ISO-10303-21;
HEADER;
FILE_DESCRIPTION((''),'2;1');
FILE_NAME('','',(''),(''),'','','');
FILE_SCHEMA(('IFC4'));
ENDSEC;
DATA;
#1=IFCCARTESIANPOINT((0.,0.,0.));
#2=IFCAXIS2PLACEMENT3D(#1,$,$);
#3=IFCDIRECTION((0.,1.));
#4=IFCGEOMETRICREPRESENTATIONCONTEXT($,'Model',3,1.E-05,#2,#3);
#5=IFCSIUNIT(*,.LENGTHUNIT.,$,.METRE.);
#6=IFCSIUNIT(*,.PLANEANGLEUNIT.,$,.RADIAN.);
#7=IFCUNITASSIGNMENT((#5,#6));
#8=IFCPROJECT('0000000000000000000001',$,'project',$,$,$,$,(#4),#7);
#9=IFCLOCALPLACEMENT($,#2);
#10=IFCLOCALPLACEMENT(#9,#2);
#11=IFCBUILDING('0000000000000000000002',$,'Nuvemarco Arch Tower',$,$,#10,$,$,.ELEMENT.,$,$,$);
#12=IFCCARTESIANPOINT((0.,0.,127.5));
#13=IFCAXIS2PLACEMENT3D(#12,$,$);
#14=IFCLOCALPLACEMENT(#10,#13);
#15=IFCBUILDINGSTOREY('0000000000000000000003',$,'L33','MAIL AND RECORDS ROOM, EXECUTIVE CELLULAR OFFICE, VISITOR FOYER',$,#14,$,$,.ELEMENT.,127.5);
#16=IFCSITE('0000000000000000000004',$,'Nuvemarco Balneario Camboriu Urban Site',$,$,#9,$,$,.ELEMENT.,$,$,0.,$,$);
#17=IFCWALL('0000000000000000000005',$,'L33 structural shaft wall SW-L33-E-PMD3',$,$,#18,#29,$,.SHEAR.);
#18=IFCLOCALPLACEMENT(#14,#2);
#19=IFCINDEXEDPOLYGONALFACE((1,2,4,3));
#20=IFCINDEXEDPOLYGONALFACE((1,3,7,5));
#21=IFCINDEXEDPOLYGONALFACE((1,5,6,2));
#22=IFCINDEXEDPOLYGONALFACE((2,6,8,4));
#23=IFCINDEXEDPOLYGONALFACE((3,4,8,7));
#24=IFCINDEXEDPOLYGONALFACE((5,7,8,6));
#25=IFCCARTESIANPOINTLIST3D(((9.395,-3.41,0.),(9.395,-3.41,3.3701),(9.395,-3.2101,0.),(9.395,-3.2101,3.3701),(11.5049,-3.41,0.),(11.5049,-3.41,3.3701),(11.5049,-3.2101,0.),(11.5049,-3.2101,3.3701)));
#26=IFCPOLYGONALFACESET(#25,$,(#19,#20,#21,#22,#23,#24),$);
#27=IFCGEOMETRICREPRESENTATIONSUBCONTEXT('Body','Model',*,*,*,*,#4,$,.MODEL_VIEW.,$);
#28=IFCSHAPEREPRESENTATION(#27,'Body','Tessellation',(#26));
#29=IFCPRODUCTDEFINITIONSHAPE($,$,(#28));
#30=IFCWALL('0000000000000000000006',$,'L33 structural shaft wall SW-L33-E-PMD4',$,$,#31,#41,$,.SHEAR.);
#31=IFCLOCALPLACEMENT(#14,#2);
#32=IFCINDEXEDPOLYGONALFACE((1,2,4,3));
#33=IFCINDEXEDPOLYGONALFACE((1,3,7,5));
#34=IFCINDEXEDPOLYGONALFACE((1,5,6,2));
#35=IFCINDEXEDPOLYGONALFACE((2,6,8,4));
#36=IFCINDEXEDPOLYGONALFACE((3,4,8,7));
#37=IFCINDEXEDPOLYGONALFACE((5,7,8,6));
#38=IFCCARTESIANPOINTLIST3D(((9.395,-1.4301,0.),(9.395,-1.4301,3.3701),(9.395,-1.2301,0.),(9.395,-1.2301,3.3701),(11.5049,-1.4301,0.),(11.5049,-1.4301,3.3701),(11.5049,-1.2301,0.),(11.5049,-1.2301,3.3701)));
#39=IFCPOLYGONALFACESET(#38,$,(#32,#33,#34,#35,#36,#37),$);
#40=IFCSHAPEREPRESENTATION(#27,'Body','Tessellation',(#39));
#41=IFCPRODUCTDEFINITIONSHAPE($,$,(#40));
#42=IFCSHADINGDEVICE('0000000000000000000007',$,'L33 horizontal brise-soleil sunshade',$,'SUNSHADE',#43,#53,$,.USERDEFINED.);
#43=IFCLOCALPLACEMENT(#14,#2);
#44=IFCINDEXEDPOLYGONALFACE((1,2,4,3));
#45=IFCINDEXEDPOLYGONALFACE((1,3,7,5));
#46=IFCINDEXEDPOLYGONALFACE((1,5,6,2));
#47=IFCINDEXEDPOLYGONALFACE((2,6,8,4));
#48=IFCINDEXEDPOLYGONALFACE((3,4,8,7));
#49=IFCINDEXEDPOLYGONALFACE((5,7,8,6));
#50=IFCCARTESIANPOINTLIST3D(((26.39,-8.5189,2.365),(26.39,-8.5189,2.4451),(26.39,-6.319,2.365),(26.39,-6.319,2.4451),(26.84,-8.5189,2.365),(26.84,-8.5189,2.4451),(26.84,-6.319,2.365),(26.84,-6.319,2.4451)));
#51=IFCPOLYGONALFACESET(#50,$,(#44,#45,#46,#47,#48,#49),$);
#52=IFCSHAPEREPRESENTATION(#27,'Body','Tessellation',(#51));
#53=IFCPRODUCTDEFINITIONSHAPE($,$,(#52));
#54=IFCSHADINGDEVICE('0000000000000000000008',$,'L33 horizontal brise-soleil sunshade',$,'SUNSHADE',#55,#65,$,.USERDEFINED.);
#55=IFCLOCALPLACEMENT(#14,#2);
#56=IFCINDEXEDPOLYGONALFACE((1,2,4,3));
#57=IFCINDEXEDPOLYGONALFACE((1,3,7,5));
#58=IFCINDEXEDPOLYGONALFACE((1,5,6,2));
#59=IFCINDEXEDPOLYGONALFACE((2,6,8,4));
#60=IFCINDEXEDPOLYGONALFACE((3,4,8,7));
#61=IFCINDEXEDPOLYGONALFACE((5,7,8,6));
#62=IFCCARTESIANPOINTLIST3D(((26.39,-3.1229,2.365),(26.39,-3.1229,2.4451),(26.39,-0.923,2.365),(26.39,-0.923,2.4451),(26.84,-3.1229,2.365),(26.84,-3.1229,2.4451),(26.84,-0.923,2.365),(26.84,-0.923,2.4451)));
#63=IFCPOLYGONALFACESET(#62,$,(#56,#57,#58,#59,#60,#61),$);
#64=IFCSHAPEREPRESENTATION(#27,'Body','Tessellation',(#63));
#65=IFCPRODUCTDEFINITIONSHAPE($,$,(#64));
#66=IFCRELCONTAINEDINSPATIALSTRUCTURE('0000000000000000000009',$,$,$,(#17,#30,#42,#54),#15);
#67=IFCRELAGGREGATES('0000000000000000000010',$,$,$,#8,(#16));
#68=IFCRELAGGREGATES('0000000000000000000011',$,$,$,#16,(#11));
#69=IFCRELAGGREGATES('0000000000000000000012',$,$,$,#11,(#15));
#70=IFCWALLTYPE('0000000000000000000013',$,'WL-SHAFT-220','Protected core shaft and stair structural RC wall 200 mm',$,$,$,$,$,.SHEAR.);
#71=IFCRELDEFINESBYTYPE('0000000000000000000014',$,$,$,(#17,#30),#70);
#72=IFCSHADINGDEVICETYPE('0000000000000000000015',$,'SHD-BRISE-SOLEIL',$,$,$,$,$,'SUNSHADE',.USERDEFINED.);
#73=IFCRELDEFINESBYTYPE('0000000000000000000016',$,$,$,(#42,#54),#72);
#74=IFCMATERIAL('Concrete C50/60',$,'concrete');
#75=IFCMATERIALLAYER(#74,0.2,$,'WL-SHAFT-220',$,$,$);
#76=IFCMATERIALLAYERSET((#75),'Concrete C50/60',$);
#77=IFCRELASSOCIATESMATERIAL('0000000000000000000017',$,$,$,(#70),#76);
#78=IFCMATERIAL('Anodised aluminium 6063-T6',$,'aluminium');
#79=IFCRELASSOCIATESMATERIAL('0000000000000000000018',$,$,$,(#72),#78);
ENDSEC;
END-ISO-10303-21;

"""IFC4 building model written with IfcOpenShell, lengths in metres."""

from ifc_helpers import new_model, si_unit, direction, frame, frame_2d, origin, origin_2d, place, context, subcontext, project, spatial, rectangle, extrude, source, transform, mapped, material, layer, layer_set, type_object, type_shapes, element, save


model = new_model("IFC4")

# Units and contexts
model_context = context("Model", 3, precision=1e-05, world=origin(), true_north=direction((0.0, 1.0)))
body_context = subcontext(model_context, "Body", "Model", "MODEL_VIEW")
ifc_project = project(units=[si_unit("LENGTHUNIT", "METRE"), si_unit("PLANEANGLEUNIT", "RADIAN")], contexts=[model_context])

# Site, building, storey
site_placement = place(None, origin())
site = spatial("IfcSite", under=ifc_project, at=site_placement, Name="Nuvemarco Balneario Camboriu Urban Site", CompositionType="ELEMENT", RefElevation=0.0)
building_placement = place(site_placement, origin())
building = spatial("IfcBuilding", under=site, at=building_placement, Name="Nuvemarco Arch Tower", CompositionType="ELEMENT")
storey_placement = place(building_placement, frame((0.0, 0.0, 127.5)))
storey = spatial("IfcBuildingStorey", under=building, at=storey_placement, Name="L33", Description="MAIL AND RECORDS ROOM, EXECUTIVE CELLULAR OFFICE, VISITOR FOYER", CompositionType="ELEMENT", Elevation=127.5)

# Shared definitions
ifc_material_1 = material(Name="Concrete C50/60", Category="concrete")

# Shared definitions
ifc_layer_1 = layer(ifc_material_1, 0.2, Name="WL-SHAFT-220")
ifc_layer_set_1 = layer_set([ifc_layer_1], Name="Concrete C50/60")
wall_type_1 = type_object("IfcWallType", Name="WL-SHAFT-220", Description="Protected core shaft and stair structural RC wall 200 mm", PredefinedType="SHEAR", material=ifc_layer_set_1)

# Walls
for number, where, z_axis, x_axis, name in (
    (1, (9.395, -3.3101, 0.0), (0.0, 0.0, 1.0), (1.0, 0.0, 0.0), "L33 structural shaft wall SW-L33-E-PMD3"),
    (2, (9.395, -1.3301, 0.0), (0.0, 0.0, 1.0), (1.0, 0.0, 0.0), "L33 structural shaft wall SW-L33-E-PMD4"),
):
    element("IfcWall", number, at=place(storey_placement, frame(where, z_axis=z_axis, x_axis=x_axis)), inside=storey, type_object=wall_type_1, Name=name, PredefinedType="SHEAR", context=body_context, shape_type="SweptSolid", body=[
        extrude(rectangle(XDim=2.1099, YDim=0.2, at=frame_2d((1.0549, 0.0))), origin(), (0.0, 0.0, 1.0), 3.3701),
    ])

# Shading devices
ifc_material_2 = material(Name="Anodised aluminium 6063-T6", Category="aluminium")
shading_device_type = type_object("IfcShadingDeviceType", Name="SHD-BRISE-SOLEIL", ElementType="SUNSHADE", PredefinedType="USERDEFINED", material=ifc_material_2)
shared_shape_1 = source(origin(), body_context, "Body", "SweptSolid", [
    extrude(rectangle(XDim=2.2, YDim=0.45, at=origin_2d()), origin(), (0.0, 0.0, 1.0), 0.0801),
])
type_shapes(shading_device_type, [shared_shape_1])
for number, where, z_axis, x_axis, name in (
    (3, (26.615, -7.4189, 2.365), (0.0, 0.0, 1.0), (0.0, 1.0, 0.0), "L33 horizontal brise-soleil sunshade"),
    (4, (26.615, -2.0229, 2.365), (0.0, 0.0, 1.0), (0.0, 1.0, 0.0), "L33 horizontal brise-soleil sunshade"),
):
    element("IfcShadingDevice", number, at=place(storey_placement, frame(where, z_axis=z_axis, x_axis=x_axis)), inside=storey, type_object=shading_device_type, Name=name, ObjectType="SUNSHADE", PredefinedType="USERDEFINED", context=body_context, shape_type="MappedRepresentation", body=[
        mapped(shared_shape_1, transform((0.0, 0.0, 0.0), scale=1.0)),
    ])

save(model, "model.ifc")
